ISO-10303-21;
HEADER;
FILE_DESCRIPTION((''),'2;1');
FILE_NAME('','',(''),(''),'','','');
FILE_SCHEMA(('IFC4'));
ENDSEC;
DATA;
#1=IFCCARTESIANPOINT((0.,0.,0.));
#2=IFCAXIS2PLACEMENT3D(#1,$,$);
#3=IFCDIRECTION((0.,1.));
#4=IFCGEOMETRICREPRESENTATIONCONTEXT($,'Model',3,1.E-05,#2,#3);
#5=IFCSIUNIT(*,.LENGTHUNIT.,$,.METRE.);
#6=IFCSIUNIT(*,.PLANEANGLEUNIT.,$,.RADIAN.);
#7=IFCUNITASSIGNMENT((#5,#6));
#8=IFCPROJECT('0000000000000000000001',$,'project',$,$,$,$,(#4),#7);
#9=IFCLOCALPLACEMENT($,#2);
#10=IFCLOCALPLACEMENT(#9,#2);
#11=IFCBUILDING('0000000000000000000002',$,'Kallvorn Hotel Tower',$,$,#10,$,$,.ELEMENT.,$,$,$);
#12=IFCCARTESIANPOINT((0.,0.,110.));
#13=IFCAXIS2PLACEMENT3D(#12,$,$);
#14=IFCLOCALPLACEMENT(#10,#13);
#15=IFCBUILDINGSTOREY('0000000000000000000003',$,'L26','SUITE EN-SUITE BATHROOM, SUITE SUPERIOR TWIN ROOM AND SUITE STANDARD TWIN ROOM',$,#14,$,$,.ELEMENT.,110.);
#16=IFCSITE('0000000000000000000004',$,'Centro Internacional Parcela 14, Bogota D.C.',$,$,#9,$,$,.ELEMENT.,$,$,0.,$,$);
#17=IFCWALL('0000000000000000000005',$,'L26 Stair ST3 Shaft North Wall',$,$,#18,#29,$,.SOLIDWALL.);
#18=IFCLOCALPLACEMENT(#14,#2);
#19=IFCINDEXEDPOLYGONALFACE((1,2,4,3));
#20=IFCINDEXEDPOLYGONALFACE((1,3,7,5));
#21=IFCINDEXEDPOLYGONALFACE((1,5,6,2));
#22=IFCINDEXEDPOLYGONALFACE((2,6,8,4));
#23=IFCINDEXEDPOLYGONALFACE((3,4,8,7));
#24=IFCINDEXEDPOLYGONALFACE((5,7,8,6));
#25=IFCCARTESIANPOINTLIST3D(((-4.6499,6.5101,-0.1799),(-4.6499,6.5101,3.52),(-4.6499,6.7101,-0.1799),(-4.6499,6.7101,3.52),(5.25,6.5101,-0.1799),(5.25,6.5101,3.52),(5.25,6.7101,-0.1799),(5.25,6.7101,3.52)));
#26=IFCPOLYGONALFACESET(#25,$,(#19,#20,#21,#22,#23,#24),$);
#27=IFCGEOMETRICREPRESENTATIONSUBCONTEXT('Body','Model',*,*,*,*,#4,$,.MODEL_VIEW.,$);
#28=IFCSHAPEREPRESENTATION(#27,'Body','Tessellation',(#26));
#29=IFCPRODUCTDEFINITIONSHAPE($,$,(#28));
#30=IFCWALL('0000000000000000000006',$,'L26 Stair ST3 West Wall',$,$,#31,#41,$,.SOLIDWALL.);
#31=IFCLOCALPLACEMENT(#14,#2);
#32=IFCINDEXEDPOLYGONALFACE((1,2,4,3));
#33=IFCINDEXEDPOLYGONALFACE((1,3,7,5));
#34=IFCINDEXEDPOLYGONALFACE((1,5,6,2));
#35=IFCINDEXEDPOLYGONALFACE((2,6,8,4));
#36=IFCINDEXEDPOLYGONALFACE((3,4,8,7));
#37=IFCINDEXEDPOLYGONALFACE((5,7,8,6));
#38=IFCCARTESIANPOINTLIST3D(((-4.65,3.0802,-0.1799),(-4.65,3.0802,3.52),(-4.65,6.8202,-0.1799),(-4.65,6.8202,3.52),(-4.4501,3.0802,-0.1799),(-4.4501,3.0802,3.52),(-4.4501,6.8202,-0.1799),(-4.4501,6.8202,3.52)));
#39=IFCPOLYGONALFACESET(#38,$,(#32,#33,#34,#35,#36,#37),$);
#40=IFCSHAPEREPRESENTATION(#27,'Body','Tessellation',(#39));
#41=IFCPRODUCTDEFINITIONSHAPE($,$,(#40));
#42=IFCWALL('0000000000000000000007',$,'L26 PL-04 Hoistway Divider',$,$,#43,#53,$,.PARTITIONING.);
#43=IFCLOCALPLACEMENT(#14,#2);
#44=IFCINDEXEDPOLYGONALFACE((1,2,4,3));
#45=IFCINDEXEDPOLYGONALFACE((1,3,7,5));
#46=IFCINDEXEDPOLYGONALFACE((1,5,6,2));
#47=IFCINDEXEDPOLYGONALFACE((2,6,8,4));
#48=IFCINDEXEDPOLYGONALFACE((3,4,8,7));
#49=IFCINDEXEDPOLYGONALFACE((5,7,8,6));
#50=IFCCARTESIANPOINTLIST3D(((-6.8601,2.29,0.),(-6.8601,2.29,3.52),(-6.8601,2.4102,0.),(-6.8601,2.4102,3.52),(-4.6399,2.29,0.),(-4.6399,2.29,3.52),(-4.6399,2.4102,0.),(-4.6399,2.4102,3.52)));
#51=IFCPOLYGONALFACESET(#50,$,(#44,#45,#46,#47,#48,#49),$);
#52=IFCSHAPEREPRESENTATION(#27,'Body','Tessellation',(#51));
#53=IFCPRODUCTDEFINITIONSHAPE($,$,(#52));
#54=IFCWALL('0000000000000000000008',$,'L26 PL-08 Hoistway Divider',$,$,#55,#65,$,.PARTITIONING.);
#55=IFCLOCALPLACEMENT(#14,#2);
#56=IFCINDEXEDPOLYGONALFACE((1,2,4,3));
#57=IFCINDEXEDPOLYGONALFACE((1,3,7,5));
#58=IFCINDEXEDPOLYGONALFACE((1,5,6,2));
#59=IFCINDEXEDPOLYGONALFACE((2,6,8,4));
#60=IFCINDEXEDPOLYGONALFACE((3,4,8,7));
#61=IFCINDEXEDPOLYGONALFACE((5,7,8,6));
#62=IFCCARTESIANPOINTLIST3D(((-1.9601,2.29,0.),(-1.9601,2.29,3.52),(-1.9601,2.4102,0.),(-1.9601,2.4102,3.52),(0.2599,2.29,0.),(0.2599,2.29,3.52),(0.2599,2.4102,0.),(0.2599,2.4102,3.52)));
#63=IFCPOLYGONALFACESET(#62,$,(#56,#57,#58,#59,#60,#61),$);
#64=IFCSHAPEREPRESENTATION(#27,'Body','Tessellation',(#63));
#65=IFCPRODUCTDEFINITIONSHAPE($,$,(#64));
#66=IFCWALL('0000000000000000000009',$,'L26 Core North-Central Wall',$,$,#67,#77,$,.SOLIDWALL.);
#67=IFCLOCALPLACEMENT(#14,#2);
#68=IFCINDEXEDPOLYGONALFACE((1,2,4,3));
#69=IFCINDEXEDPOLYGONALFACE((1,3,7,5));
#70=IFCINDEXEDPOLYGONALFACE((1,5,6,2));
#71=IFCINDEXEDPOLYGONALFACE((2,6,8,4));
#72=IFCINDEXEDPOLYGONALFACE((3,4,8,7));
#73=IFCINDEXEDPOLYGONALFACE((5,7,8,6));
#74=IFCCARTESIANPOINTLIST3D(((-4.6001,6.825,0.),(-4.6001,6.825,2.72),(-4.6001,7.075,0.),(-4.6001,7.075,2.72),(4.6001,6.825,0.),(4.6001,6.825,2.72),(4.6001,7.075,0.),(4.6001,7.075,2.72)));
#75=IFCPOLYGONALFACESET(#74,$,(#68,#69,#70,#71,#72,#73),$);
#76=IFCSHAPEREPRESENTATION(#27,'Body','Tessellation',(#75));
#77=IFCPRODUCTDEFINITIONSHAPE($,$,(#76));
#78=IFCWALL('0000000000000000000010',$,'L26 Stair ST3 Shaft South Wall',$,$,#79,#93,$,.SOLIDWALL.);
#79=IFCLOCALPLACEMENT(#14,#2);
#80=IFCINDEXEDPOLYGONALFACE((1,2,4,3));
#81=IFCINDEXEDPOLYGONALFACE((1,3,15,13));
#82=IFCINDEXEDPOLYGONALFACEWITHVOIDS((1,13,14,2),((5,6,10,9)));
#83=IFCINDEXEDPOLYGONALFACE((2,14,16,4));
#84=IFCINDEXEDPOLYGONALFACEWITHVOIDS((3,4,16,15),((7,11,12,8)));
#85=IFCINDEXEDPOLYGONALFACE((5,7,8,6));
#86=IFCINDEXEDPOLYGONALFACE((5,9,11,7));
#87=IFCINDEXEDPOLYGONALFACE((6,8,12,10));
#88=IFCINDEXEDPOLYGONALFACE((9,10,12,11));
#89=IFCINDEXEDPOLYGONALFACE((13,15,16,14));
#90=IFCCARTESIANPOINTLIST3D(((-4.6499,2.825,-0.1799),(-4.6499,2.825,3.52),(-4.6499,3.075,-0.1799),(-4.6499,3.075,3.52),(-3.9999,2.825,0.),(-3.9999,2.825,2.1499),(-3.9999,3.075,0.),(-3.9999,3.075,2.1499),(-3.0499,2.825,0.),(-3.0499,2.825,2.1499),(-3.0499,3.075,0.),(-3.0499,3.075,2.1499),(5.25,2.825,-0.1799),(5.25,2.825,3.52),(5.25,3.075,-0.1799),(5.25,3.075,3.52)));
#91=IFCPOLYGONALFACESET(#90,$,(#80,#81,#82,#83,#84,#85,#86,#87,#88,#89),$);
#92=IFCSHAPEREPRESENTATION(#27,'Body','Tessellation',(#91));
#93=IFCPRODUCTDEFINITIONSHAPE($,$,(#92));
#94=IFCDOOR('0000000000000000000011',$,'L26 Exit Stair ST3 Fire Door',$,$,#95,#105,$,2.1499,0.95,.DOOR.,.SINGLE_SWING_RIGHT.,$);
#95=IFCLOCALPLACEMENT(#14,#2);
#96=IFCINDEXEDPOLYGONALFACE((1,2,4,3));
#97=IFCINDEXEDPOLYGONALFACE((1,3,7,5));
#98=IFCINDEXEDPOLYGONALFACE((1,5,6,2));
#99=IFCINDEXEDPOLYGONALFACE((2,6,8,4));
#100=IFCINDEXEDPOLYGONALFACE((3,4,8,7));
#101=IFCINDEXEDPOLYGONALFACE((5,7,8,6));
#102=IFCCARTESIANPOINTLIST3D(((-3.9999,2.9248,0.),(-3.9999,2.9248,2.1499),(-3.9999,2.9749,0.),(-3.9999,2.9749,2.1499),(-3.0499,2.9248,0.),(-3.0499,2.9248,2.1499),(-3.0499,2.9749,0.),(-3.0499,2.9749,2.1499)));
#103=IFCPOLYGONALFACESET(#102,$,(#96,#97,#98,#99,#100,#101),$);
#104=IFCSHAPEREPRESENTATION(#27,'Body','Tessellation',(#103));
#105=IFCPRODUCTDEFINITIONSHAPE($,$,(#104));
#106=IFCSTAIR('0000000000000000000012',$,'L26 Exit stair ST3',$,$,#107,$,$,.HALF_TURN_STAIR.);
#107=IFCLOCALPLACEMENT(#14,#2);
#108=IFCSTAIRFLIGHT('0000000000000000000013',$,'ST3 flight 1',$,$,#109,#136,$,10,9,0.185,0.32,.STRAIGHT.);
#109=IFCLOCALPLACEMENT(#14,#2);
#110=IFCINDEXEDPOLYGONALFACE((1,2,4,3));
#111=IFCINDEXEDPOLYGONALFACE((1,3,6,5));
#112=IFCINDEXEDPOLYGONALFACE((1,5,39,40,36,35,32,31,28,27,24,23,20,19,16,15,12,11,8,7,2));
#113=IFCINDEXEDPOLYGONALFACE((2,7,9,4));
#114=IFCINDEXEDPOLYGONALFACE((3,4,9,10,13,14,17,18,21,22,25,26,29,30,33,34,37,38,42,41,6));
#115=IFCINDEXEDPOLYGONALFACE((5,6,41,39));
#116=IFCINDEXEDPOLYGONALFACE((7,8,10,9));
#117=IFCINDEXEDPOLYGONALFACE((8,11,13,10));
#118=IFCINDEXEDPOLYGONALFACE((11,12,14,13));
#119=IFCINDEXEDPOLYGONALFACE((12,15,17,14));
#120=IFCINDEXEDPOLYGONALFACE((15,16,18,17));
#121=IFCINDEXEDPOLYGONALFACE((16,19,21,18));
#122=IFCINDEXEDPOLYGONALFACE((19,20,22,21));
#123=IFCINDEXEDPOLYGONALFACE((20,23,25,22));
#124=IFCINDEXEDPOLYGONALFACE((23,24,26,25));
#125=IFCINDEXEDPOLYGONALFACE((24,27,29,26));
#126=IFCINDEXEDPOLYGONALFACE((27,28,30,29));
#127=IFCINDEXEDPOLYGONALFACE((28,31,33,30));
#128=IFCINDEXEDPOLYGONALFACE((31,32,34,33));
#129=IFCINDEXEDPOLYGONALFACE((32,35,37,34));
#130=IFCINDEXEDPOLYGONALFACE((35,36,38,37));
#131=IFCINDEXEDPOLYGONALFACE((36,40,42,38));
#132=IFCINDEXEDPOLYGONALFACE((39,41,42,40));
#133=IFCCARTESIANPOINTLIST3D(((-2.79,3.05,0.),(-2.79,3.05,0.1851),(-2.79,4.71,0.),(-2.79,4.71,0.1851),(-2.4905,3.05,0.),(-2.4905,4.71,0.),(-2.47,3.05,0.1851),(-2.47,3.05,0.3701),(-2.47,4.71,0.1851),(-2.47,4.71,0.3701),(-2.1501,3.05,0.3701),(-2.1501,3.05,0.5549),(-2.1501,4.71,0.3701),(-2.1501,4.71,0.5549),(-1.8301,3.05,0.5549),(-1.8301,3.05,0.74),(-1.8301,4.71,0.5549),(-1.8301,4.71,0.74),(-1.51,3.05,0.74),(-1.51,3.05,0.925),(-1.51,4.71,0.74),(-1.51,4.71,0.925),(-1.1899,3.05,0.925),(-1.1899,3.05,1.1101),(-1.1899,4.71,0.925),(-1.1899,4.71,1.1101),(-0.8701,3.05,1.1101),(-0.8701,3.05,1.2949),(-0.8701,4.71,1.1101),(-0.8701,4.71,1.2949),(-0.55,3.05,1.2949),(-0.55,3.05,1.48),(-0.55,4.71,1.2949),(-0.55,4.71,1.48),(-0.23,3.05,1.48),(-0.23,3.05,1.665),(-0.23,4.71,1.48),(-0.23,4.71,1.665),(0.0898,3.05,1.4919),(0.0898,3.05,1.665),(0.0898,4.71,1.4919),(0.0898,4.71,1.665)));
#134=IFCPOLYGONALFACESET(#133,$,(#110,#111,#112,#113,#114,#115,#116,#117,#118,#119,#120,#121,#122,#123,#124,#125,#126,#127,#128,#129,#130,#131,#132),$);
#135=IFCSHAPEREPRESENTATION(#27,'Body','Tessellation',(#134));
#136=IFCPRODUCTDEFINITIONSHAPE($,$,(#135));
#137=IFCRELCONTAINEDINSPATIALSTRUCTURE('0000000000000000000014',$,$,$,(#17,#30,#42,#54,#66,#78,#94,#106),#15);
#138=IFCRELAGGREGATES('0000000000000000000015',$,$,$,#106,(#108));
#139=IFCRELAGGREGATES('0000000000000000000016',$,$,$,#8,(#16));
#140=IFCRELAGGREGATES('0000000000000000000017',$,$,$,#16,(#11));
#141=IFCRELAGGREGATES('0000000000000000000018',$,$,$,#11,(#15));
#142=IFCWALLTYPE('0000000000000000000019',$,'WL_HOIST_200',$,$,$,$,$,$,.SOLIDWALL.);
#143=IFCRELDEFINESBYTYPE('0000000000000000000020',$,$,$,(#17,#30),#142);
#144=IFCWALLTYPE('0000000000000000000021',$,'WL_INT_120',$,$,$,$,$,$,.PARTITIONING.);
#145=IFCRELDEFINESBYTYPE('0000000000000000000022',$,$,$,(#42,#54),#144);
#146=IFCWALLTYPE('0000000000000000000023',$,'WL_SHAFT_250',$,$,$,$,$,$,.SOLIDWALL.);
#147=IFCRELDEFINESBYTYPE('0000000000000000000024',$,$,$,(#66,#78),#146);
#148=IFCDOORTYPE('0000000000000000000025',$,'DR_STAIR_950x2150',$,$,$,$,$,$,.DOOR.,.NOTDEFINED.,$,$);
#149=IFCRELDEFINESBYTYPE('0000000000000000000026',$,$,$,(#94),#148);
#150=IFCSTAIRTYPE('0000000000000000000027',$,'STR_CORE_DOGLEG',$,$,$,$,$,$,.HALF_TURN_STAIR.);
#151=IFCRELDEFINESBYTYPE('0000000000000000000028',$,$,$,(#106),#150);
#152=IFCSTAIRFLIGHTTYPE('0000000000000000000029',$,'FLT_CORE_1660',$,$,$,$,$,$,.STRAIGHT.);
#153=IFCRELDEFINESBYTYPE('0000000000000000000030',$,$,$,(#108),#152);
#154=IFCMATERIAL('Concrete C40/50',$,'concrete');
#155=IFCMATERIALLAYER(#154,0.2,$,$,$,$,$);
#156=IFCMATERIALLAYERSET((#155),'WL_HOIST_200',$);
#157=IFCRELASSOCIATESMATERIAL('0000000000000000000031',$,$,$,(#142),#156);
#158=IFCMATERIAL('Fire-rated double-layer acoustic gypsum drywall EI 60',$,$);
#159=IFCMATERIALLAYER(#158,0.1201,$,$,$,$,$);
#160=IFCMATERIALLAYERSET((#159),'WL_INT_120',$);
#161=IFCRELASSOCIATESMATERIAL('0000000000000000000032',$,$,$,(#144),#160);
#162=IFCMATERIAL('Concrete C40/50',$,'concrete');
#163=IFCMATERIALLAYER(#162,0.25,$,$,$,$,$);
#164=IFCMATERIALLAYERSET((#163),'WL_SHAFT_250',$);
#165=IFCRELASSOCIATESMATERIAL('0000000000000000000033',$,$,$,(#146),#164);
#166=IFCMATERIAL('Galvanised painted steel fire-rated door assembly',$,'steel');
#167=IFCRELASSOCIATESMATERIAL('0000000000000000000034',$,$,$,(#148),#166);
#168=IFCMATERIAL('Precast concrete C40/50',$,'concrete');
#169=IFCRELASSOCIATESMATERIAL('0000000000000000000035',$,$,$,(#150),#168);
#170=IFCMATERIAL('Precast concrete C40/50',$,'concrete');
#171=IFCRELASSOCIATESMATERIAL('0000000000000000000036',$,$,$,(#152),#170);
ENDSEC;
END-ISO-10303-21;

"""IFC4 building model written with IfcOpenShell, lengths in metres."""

from ifc_helpers import new_model, si_unit, direction, frame, frame_2d, origin, place, context, subcontext, project, spatial, polyline, rectangle, outline, extrude, material, layer, layer_set, type_object, element, fill, aggregate, save


model = new_model("IFC4")

# Units and contexts
model_context = context("Model", 3, precision=1e-05, world=origin(), true_north=direction((0.0, 1.0)))
body_context = subcontext(model_context, "Body", "Model", "MODEL_VIEW")
ifc_project = project(units=[si_unit("LENGTHUNIT", "METRE"), si_unit("PLANEANGLEUNIT", "RADIAN")], contexts=[model_context])

# Site, building, storey
site_placement = place(None, origin())
site = spatial("IfcSite", under=ifc_project, at=site_placement, Name="Centro Internacional Parcela 14, Bogota D.C.", CompositionType="ELEMENT", RefElevation=0.0)
building_placement = place(site_placement, origin())
building = spatial("IfcBuilding", under=site, at=building_placement, Name="Kallvorn Hotel Tower", CompositionType="ELEMENT")
storey_placement = place(building_placement, frame((0.0, 0.0, 110.0)))
storey = spatial("IfcBuildingStorey", under=building, at=storey_placement, Name="L26", Description="SUITE EN-SUITE BATHROOM, SUITE SUPERIOR TWIN ROOM AND SUITE STANDARD TWIN ROOM", CompositionType="ELEMENT", Elevation=110.0)

# Walls
ifc_material_1 = material(Name="Concrete C40/50", Category="concrete")
ifc_layer_1 = layer(ifc_material_1, 0.2)
ifc_layer_set_1 = layer_set([ifc_layer_1], Name="WL_HOIST_200")
wall_type_1 = type_object("IfcWallType", Name="WL_HOIST_200", PredefinedType="SOLIDWALL", material=ifc_layer_set_1)
wall_1_placement = place(storey_placement, frame((-4.6499, 6.6101, -0.1799), z_axis=(0.0, 0.0, 1.0), x_axis=(1.0, 0.0, 0.0)))
element("IfcWall", 1, at=wall_1_placement, inside=storey, type_object=wall_type_1, Name="L26 Stair ST3 Shaft North Wall", PredefinedType="SOLIDWALL", context=body_context, shape_type="SweptSolid", body=[
    extrude(rectangle(XDim=9.8999, YDim=0.2, at=frame_2d((4.95, 0.0))), origin(), (0.0, 0.0, 1.0), 3.7),
])
wall_2_placement = place(storey_placement, frame((-4.55, 3.0801, -0.1799), z_axis=(0.0, 0.0, 1.0), x_axis=(0.0, 1.0, 0.0)))
element("IfcWall", 2, at=wall_2_placement, inside=storey, type_object=wall_type_1, Name="L26 Stair ST3 West Wall", PredefinedType="SOLIDWALL", context=body_context, shape_type="SweptSolid", body=[
    extrude(rectangle(XDim=3.74, YDim=0.2, at=frame_2d((1.8701, 0.0))), origin(), (0.0, 0.0, 1.0), 3.7),
])
ifc_material_2 = material(Name="Fire-rated double-layer acoustic gypsum drywall EI 60")
ifc_layer_2 = layer(ifc_material_2, 0.1201)
ifc_layer_set_2 = layer_set([ifc_layer_2], Name="WL_INT_120")
wall_type_2 = type_object("IfcWallType", Name="WL_INT_120", PredefinedType="PARTITIONING", material=ifc_layer_set_2)
wall_3_placement = place(storey_placement, frame((-6.8601, 2.3501, 0.0), z_axis=(0.0, 0.0, 1.0), x_axis=(1.0, 0.0, 0.0)))
element("IfcWall", 3, at=wall_3_placement, inside=storey, type_object=wall_type_2, Name="L26 PL-04 Hoistway Divider", PredefinedType="PARTITIONING", context=body_context, shape_type="SweptSolid", body=[
    extrude(rectangle(XDim=2.2202, YDim=0.1201, at=frame_2d((1.1101, 0.0))), origin(), (0.0, 0.0, 1.0), 3.52),
])
wall_4_placement = place(storey_placement, frame((-1.96, 2.3501, 0.0), z_axis=(0.0, 0.0, 1.0), x_axis=(1.0, 0.0, 0.0)))
element("IfcWall", 4, at=wall_4_placement, inside=storey, type_object=wall_type_2, Name="L26 PL-08 Hoistway Divider", PredefinedType="PARTITIONING", context=body_context, shape_type="SweptSolid", body=[
    extrude(rectangle(XDim=2.22, YDim=0.1201, at=frame_2d((1.1099, 0.0))), origin(), (0.0, 0.0, 1.0), 3.52),
])
ifc_material_3 = material(Name="Concrete C40/50", Category="concrete")
ifc_layer_3 = layer(ifc_material_3, 0.25)
ifc_layer_set_3 = layer_set([ifc_layer_3], Name="WL_SHAFT_250")
wall_type_3 = type_object("IfcWallType", Name="WL_SHAFT_250", PredefinedType="SOLIDWALL", material=ifc_layer_set_3)
wall_5_placement = place(storey_placement, frame((-4.6001, 6.95, 0.0), z_axis=(0.0, 0.0, 1.0), x_axis=(1.0, 0.0, 0.0)))
element("IfcWall", 5, at=wall_5_placement, inside=storey, type_object=wall_type_3, Name="L26 Core North-Central Wall", PredefinedType="SOLIDWALL", context=body_context, shape_type="SweptSolid", body=[
    extrude(rectangle(XDim=9.2002, YDim=0.25, at=frame_2d((4.6001, 0.0))), origin(), (0.0, 0.0, 1.0), 2.72),
])

# Wall, opening, door
wall_6_placement = place(storey_placement, frame((-4.6499, 2.95, -0.1799), z_axis=(0.0, 0.0, 1.0), x_axis=(1.0, 0.0, 0.0)))
wall_6 = element("IfcWall", 6, at=wall_6_placement, inside=storey, type_object=wall_type_3, Name="L26 Stair ST3 Shaft South Wall", PredefinedType="SOLIDWALL", context=body_context, shape_type="SweptSolid", body=[
    extrude(rectangle(XDim=9.8999, YDim=0.25, at=frame_2d((4.95, 0.0))), origin(), (0.0, 0.0, 1.0), 3.7),
])
opening_placement = place(wall_6_placement, frame((0.6499, 0.0, 0.1799)))
opening = element("IfcOpeningElement", 7, at=opening_placement, cuts=wall_6, PredefinedType="OPENING", context=body_context, shape_type="SweptSolid", body=[
    extrude(rectangle(XDim=0.95, YDim=2.1499, at=frame_2d((0.4751, 1.075))), frame((0.0, 0.1399, 0.0), z_axis=(0.0, -1.0, 0.0), x_axis=(1.0, 0.0, 0.0)), (0.0, 0.0, 1.0), 0.28),
])
ifc_material_4 = material(Name="Galvanised painted steel fire-rated door assembly", Category="steel")
door_type = type_object("IfcDoorType", Name="DR_STAIR_950x2150", OperationType="NOTDEFINED", PredefinedType="DOOR", material=ifc_material_4)
door_placement = place(opening_placement, origin())
door = element("IfcDoor", 8, at=door_placement, inside=storey, type_object=door_type, Name="L26 Exit Stair ST3 Fire Door", OperationType="SINGLE_SWING_RIGHT", OverallHeight=2.1499, OverallWidth=0.95, PredefinedType="DOOR", context=body_context, shape_type="SweptSolid", body=[
    extrude(rectangle(XDim=0.95, YDim=2.1499, at=frame_2d((0.4751, 1.075))), frame((0.0, 0.0249, 0.0), z_axis=(0.0, -1.0, 0.0), x_axis=(1.0, 0.0, 0.0)), (0.0, 0.0, 1.0), 0.05),
])
fill(opening, door)

# Stair, stair flight
ifc_material_5 = material(Name="Precast concrete C40/50", Category="concrete")
stair_type = type_object("IfcStairType", Name="STR_CORE_DOGLEG", PredefinedType="HALF_TURN_STAIR", material=ifc_material_5)
stair_placement = place(storey_placement, origin())
stair = element("IfcStair", 9, at=stair_placement, inside=storey, type_object=stair_type, Name="L26 Exit stair ST3", PredefinedType="HALF_TURN_STAIR")
ifc_material_6 = material(Name="Precast concrete C40/50", Category="concrete")
stair_flight_type = type_object("IfcStairFlightType", Name="FLT_CORE_1660", PredefinedType="STRAIGHT", material=ifc_material_6)
stair_flight_placement = place(storey_placement, frame((-2.79, 3.8799, 0.0), z_axis=(0.0, 0.0, 1.0), x_axis=(1.0, 0.0, 0.0)))
stair_flight = element("IfcStairFlight", 10, at=stair_flight_placement, type_object=stair_flight_type, Name="ST3 flight 1", NumberOfRisers=10, NumberOfTreads=9, PredefinedType="STRAIGHT", RiserHeight=0.185, TreadLength=0.32, context=body_context, shape_type="SweptSolid", body=[
    extrude(outline(polyline([(0.0, 0.0), (0.0, 0.1851), (0.3201, 0.1851), (0.3201, 0.3701), (0.6399, 0.3701), (0.6399, 0.5549), (0.96, 0.5549), (0.96, 0.74), (1.28, 0.74), (1.28, 0.925), (1.6001, 0.925), (1.6001, 1.1101), (1.9199, 1.1101), (1.9199, 1.2949), (2.24, 1.2949), (2.24, 1.48), (2.5601, 1.48), (2.5601, 1.665), (2.8799, 1.665), (2.8799, 1.8501), (2.8799, 1.4919), (0.2996, 0.0), (0.0, 0.0)])), frame((0.0, 0.8301, 0.0), z_axis=(0.0, -1.0, 0.0), x_axis=(1.0, 0.0, 0.0)), (0.0, 0.0, 1.0), 1.6599),
])
aggregate(stair, [stair_flight])

save(model, "model.ifc")
